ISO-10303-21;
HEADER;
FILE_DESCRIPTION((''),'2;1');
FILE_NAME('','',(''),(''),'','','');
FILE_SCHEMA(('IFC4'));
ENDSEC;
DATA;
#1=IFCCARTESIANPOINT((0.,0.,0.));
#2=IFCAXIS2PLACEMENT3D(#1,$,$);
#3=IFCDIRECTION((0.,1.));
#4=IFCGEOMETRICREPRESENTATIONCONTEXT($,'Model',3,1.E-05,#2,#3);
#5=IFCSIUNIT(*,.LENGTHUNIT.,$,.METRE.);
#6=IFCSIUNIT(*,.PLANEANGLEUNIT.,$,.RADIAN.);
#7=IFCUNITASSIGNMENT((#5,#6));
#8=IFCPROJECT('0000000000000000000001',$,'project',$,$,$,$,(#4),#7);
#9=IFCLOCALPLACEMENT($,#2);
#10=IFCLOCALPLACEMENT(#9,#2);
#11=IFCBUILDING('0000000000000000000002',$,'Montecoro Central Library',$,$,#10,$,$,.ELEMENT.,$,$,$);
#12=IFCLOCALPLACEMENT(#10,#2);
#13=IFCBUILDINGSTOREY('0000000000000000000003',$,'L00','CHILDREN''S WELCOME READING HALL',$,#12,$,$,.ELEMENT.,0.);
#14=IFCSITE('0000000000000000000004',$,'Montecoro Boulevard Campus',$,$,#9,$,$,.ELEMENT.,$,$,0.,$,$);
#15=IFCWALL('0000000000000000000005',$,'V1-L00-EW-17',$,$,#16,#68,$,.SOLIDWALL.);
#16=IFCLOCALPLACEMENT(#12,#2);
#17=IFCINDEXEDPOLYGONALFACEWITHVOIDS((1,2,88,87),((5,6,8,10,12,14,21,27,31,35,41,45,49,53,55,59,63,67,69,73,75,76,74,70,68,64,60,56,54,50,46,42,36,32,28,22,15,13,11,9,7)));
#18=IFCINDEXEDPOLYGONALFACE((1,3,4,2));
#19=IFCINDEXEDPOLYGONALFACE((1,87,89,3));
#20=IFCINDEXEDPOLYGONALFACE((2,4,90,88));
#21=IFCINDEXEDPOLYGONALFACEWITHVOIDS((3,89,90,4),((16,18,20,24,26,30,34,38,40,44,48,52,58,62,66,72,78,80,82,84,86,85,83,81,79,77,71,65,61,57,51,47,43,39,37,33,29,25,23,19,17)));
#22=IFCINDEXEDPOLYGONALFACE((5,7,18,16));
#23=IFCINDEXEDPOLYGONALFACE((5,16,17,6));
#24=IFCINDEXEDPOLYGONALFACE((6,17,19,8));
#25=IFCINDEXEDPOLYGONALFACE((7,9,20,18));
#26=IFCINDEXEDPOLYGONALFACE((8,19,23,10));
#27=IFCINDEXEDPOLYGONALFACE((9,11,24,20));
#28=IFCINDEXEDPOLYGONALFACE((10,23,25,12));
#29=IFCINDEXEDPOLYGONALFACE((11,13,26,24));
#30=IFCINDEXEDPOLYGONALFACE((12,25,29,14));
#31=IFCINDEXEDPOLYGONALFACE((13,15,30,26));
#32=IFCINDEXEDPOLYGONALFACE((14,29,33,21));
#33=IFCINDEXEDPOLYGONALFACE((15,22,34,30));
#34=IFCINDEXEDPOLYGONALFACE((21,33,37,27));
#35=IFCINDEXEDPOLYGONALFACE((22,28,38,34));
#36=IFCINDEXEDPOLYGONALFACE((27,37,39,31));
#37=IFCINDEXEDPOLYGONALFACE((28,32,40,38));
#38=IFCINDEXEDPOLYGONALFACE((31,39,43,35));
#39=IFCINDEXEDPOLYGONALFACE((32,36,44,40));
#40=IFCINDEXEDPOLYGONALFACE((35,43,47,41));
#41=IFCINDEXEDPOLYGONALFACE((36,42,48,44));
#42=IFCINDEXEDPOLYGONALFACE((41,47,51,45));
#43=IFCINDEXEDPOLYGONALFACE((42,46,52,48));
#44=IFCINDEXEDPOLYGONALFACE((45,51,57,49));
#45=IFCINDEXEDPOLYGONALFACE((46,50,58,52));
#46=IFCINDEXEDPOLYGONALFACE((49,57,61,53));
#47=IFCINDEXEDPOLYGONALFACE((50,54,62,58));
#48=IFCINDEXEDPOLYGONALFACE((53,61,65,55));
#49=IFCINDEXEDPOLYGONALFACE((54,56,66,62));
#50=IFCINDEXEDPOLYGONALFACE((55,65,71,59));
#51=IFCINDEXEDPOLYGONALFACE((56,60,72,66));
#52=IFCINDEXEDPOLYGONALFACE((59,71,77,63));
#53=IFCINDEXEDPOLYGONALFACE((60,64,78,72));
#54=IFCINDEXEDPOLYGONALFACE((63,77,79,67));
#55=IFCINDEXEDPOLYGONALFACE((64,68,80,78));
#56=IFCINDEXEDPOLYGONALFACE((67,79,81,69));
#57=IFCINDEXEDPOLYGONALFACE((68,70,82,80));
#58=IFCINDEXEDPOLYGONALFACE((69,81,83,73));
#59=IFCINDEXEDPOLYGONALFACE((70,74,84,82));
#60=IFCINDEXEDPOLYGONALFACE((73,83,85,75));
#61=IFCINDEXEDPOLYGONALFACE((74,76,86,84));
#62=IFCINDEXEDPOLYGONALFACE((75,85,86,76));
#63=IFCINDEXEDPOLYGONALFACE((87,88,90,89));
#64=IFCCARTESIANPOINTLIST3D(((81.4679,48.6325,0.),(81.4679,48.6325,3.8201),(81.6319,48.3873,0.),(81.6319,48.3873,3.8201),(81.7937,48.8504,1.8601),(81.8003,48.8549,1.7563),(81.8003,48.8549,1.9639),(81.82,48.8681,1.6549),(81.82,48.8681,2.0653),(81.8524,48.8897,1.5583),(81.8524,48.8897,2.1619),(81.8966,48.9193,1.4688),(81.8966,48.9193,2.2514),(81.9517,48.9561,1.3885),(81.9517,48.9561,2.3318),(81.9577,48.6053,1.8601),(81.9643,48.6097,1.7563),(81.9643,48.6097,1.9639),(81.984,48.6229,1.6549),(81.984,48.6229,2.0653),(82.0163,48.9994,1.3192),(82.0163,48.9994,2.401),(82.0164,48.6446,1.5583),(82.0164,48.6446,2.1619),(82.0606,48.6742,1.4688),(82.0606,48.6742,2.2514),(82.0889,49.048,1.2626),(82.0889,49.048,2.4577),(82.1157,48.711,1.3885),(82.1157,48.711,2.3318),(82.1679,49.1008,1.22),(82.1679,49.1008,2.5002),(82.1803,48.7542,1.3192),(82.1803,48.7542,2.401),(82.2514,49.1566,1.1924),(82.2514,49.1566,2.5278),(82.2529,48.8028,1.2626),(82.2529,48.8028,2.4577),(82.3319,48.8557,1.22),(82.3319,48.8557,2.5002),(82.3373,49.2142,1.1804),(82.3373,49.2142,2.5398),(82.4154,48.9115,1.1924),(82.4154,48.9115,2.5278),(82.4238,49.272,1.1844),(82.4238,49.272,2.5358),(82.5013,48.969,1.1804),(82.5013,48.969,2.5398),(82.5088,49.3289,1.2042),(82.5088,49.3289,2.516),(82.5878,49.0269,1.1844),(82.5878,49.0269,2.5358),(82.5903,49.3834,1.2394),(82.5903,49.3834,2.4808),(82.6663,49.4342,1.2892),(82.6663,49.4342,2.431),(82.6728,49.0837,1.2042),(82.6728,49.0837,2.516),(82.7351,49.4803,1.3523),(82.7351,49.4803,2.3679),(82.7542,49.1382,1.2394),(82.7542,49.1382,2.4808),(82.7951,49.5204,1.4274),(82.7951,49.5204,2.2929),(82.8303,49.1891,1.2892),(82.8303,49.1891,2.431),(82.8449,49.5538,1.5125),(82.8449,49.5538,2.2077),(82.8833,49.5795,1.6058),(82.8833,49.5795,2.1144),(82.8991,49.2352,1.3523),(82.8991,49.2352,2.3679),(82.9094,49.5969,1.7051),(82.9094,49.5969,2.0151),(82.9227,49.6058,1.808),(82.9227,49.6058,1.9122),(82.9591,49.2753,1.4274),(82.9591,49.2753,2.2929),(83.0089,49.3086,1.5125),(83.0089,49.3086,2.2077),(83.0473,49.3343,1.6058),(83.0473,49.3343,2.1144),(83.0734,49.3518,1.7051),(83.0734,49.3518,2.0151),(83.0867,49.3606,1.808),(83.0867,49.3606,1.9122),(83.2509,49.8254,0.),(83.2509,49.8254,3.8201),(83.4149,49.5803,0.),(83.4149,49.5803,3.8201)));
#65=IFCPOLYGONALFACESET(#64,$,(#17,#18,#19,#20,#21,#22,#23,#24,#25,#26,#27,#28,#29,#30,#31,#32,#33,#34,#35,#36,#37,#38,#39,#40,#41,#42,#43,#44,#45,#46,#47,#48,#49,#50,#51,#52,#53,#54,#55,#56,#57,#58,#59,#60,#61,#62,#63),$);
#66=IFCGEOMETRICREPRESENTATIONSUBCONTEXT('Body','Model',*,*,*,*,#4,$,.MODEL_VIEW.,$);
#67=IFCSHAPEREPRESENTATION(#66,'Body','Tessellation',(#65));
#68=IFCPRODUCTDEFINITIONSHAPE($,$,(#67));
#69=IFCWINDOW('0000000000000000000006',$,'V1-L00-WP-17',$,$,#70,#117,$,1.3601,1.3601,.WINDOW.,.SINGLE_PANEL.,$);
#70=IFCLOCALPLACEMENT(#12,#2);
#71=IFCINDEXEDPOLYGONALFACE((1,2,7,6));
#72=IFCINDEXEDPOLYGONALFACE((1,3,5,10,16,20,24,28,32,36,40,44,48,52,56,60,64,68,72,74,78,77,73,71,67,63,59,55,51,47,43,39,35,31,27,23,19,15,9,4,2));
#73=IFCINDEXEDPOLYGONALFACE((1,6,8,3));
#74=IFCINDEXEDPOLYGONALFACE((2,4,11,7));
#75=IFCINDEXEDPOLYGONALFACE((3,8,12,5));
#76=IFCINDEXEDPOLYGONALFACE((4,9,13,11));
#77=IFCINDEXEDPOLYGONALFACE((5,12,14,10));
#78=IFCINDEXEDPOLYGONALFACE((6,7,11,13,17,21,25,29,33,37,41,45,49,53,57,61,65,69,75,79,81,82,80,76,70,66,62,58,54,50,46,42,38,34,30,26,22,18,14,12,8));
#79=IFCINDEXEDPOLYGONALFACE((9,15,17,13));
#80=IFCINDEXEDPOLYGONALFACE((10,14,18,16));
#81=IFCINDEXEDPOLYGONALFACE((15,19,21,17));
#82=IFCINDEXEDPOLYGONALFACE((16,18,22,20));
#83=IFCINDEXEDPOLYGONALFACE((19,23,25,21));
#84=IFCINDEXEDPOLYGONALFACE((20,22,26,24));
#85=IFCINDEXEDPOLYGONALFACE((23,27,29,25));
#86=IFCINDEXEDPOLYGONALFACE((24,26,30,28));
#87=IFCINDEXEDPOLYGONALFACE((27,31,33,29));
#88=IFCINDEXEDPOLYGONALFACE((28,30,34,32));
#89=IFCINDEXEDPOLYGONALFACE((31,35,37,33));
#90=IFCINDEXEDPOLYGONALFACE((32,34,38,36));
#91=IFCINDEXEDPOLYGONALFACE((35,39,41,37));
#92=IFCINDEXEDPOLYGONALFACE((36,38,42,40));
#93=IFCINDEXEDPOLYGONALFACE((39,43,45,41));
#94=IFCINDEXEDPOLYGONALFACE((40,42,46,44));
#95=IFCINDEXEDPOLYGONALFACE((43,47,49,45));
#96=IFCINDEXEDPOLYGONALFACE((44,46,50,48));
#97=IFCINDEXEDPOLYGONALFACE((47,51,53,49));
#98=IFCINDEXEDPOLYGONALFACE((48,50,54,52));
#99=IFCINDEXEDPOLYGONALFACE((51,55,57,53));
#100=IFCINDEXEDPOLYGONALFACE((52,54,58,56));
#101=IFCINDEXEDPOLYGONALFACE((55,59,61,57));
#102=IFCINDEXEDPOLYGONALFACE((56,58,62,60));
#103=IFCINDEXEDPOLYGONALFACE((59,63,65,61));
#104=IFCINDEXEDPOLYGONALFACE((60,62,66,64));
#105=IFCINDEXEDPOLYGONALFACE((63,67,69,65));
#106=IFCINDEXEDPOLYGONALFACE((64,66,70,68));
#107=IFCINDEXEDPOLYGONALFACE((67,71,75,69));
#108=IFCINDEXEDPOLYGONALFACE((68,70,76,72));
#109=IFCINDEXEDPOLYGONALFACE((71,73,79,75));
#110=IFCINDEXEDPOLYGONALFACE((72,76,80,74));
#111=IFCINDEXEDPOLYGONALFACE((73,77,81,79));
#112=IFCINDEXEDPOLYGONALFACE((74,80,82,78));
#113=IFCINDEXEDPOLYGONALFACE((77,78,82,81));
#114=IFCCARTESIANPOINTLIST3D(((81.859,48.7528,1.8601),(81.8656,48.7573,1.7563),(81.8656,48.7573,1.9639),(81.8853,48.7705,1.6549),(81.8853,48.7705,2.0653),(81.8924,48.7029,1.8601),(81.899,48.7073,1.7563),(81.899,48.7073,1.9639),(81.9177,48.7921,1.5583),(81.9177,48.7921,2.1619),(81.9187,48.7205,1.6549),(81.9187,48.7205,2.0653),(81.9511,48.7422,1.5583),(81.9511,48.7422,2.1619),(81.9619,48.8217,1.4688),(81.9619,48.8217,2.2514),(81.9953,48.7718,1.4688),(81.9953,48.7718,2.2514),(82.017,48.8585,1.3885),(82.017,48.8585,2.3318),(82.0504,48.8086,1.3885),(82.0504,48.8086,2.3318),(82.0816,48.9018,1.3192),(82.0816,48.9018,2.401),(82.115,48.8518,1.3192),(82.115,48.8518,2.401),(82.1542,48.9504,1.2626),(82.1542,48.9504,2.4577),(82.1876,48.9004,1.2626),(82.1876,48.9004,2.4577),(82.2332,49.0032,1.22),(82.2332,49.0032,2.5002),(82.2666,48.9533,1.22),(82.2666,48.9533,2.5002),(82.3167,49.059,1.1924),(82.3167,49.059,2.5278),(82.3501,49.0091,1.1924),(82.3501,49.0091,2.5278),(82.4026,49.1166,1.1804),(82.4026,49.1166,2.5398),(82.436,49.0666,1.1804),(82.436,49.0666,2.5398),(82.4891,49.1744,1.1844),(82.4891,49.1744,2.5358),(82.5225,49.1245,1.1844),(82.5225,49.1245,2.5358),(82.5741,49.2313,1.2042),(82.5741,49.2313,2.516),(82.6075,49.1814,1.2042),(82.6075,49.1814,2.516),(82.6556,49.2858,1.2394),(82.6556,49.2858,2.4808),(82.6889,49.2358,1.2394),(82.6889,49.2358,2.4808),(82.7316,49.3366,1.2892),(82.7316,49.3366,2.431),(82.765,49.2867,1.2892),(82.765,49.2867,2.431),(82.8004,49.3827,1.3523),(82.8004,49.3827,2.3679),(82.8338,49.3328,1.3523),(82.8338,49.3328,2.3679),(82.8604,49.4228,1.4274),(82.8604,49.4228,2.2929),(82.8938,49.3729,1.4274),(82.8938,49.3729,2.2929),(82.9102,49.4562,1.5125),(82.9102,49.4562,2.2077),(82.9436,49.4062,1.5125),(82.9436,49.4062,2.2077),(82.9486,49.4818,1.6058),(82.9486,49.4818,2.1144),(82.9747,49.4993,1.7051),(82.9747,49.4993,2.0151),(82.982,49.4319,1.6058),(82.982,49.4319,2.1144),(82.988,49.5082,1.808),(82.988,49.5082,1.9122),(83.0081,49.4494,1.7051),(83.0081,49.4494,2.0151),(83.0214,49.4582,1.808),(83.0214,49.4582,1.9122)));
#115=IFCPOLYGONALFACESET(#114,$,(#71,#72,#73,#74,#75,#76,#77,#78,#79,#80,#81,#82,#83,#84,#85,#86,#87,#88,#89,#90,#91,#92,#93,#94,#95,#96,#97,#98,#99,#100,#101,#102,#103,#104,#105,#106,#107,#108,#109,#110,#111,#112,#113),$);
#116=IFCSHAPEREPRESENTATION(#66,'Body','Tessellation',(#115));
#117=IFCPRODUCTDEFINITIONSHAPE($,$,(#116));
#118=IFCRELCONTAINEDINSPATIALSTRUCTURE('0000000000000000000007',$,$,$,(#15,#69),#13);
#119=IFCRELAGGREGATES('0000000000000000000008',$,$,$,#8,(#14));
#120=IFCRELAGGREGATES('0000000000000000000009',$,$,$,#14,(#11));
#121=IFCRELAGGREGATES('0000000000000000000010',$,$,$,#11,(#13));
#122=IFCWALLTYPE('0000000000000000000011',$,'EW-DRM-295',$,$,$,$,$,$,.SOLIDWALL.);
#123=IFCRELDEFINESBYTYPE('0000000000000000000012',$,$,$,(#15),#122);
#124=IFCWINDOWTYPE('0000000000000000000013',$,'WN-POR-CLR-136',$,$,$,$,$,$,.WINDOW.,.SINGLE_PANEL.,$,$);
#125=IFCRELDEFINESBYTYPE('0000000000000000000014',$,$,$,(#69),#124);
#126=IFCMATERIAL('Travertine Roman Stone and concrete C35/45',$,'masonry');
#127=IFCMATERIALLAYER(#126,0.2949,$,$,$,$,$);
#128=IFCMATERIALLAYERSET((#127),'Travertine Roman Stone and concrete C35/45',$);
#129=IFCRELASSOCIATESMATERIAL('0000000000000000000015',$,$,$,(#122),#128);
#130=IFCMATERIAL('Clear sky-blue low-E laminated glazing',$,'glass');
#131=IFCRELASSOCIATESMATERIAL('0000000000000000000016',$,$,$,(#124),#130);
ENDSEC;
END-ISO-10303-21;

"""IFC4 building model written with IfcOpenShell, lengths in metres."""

from ifc_helpers import new_model, si_unit, direction, frame, frame_2d, origin, place, context, subcontext, project, spatial, rectangle, circle, extrude, material, layer, layer_set, type_object, element, fill, save


model = new_model("IFC4")

# Units and contexts
model_context = context("Model", 3, precision=1e-05, world=origin(), true_north=direction((0.0, 1.0)))
body_context = subcontext(model_context, "Body", "Model", "MODEL_VIEW")
ifc_project = project(units=[si_unit("LENGTHUNIT", "METRE"), si_unit("PLANEANGLEUNIT", "RADIAN")], contexts=[model_context])

# Site, building, storey
site_placement = place(None, origin())
site = spatial("IfcSite", under=ifc_project, at=site_placement, Name="Montecoro Boulevard Campus", CompositionType="ELEMENT", RefElevation=0.0)
building_placement = place(site_placement, origin())
building = spatial("IfcBuilding", under=site, at=building_placement, Name="Montecoro Central Library", CompositionType="ELEMENT")
storey_placement = place(building_placement, origin())
storey = spatial("IfcBuildingStorey", under=building, at=storey_placement, Name="L00", Description="CHILDREN'S WELCOME READING HALL", CompositionType="ELEMENT", Elevation=0.0)

# Wall, opening, window
ifc_material_1 = material(Name="Travertine Roman Stone and concrete C35/45", Category="masonry")
ifc_layer_1 = layer(ifc_material_1, 0.2949)
ifc_layer_set_1 = layer_set([ifc_layer_1], Name="Travertine Roman Stone and concrete C35/45")
wall_type_1 = type_object("IfcWallType", Name="EW-DRM-295", PredefinedType="SOLIDWALL", material=ifc_layer_set_1)
wall_1_placement = place(storey_placement, frame((83.333, 49.7029, 0.0), z_axis=(0.0, 0.0, 1.0), x_axis=(-0.831139, -0.556065, 0.0)))
wall_1 = element("IfcWall", 1, at=wall_1_placement, inside=storey, type_object=wall_type_1, Name="V1-L00-EW-17", PredefinedType="SOLIDWALL", context=body_context, shape_type="SweptSolid", body=[
    extrude(rectangle(XDim=2.1453, YDim=0.2949, at=frame_2d((1.0728, 0.0))), origin(), (0.0, 0.0, 1.0), 3.8201),
])
opening_1_placement = place(wall_1_placement, frame((0.3931, 0.0, 1.1799)))
opening_1 = element("IfcOpeningElement", 2, at=opening_1_placement, cuts=wall_1, PredefinedType="OPENING", context=body_context, shape_type="SweptSolid", body=[
    extrude(circle(Radius=0.6802, at=frame_2d((0.6802, 0.6802))), frame((0.0, 0.1575, 0.0), z_axis=(0.0, -1.0, 0.0), x_axis=(1.0, 0.0, 0.0)), (0.0, 0.0, 1.0), 0.3149),
])
ifc_material_2 = material(Name="Clear sky-blue low-E laminated glazing", Category="glass")
window_type_1 = type_object("IfcWindowType", Name="WN-POR-CLR-136", PartitioningType="SINGLE_PANEL", PredefinedType="WINDOW", material=ifc_material_2)
window_1_placement = place(opening_1_placement, origin())
window_1 = element("IfcWindow", 3, at=window_1_placement, inside=storey, type_object=window_type_1, Name="V1-L00-WP-17", OverallHeight=1.3601, OverallWidth=1.3601, PartitioningType="SINGLE_PANEL", PredefinedType="WINDOW", context=body_context, shape_type="SweptSolid", body=[
    extrude(circle(Radius=0.6802, at=frame_2d((0.6802, 0.6802))), frame((0.0, 0.03, 0.0), z_axis=(0.0, -1.0, 0.0), x_axis=(1.0, 0.0, 0.0)), (0.0, 0.0, 1.0), 0.0601),
])
fill(opening_1, window_1)

save(model, "model.ifc")
